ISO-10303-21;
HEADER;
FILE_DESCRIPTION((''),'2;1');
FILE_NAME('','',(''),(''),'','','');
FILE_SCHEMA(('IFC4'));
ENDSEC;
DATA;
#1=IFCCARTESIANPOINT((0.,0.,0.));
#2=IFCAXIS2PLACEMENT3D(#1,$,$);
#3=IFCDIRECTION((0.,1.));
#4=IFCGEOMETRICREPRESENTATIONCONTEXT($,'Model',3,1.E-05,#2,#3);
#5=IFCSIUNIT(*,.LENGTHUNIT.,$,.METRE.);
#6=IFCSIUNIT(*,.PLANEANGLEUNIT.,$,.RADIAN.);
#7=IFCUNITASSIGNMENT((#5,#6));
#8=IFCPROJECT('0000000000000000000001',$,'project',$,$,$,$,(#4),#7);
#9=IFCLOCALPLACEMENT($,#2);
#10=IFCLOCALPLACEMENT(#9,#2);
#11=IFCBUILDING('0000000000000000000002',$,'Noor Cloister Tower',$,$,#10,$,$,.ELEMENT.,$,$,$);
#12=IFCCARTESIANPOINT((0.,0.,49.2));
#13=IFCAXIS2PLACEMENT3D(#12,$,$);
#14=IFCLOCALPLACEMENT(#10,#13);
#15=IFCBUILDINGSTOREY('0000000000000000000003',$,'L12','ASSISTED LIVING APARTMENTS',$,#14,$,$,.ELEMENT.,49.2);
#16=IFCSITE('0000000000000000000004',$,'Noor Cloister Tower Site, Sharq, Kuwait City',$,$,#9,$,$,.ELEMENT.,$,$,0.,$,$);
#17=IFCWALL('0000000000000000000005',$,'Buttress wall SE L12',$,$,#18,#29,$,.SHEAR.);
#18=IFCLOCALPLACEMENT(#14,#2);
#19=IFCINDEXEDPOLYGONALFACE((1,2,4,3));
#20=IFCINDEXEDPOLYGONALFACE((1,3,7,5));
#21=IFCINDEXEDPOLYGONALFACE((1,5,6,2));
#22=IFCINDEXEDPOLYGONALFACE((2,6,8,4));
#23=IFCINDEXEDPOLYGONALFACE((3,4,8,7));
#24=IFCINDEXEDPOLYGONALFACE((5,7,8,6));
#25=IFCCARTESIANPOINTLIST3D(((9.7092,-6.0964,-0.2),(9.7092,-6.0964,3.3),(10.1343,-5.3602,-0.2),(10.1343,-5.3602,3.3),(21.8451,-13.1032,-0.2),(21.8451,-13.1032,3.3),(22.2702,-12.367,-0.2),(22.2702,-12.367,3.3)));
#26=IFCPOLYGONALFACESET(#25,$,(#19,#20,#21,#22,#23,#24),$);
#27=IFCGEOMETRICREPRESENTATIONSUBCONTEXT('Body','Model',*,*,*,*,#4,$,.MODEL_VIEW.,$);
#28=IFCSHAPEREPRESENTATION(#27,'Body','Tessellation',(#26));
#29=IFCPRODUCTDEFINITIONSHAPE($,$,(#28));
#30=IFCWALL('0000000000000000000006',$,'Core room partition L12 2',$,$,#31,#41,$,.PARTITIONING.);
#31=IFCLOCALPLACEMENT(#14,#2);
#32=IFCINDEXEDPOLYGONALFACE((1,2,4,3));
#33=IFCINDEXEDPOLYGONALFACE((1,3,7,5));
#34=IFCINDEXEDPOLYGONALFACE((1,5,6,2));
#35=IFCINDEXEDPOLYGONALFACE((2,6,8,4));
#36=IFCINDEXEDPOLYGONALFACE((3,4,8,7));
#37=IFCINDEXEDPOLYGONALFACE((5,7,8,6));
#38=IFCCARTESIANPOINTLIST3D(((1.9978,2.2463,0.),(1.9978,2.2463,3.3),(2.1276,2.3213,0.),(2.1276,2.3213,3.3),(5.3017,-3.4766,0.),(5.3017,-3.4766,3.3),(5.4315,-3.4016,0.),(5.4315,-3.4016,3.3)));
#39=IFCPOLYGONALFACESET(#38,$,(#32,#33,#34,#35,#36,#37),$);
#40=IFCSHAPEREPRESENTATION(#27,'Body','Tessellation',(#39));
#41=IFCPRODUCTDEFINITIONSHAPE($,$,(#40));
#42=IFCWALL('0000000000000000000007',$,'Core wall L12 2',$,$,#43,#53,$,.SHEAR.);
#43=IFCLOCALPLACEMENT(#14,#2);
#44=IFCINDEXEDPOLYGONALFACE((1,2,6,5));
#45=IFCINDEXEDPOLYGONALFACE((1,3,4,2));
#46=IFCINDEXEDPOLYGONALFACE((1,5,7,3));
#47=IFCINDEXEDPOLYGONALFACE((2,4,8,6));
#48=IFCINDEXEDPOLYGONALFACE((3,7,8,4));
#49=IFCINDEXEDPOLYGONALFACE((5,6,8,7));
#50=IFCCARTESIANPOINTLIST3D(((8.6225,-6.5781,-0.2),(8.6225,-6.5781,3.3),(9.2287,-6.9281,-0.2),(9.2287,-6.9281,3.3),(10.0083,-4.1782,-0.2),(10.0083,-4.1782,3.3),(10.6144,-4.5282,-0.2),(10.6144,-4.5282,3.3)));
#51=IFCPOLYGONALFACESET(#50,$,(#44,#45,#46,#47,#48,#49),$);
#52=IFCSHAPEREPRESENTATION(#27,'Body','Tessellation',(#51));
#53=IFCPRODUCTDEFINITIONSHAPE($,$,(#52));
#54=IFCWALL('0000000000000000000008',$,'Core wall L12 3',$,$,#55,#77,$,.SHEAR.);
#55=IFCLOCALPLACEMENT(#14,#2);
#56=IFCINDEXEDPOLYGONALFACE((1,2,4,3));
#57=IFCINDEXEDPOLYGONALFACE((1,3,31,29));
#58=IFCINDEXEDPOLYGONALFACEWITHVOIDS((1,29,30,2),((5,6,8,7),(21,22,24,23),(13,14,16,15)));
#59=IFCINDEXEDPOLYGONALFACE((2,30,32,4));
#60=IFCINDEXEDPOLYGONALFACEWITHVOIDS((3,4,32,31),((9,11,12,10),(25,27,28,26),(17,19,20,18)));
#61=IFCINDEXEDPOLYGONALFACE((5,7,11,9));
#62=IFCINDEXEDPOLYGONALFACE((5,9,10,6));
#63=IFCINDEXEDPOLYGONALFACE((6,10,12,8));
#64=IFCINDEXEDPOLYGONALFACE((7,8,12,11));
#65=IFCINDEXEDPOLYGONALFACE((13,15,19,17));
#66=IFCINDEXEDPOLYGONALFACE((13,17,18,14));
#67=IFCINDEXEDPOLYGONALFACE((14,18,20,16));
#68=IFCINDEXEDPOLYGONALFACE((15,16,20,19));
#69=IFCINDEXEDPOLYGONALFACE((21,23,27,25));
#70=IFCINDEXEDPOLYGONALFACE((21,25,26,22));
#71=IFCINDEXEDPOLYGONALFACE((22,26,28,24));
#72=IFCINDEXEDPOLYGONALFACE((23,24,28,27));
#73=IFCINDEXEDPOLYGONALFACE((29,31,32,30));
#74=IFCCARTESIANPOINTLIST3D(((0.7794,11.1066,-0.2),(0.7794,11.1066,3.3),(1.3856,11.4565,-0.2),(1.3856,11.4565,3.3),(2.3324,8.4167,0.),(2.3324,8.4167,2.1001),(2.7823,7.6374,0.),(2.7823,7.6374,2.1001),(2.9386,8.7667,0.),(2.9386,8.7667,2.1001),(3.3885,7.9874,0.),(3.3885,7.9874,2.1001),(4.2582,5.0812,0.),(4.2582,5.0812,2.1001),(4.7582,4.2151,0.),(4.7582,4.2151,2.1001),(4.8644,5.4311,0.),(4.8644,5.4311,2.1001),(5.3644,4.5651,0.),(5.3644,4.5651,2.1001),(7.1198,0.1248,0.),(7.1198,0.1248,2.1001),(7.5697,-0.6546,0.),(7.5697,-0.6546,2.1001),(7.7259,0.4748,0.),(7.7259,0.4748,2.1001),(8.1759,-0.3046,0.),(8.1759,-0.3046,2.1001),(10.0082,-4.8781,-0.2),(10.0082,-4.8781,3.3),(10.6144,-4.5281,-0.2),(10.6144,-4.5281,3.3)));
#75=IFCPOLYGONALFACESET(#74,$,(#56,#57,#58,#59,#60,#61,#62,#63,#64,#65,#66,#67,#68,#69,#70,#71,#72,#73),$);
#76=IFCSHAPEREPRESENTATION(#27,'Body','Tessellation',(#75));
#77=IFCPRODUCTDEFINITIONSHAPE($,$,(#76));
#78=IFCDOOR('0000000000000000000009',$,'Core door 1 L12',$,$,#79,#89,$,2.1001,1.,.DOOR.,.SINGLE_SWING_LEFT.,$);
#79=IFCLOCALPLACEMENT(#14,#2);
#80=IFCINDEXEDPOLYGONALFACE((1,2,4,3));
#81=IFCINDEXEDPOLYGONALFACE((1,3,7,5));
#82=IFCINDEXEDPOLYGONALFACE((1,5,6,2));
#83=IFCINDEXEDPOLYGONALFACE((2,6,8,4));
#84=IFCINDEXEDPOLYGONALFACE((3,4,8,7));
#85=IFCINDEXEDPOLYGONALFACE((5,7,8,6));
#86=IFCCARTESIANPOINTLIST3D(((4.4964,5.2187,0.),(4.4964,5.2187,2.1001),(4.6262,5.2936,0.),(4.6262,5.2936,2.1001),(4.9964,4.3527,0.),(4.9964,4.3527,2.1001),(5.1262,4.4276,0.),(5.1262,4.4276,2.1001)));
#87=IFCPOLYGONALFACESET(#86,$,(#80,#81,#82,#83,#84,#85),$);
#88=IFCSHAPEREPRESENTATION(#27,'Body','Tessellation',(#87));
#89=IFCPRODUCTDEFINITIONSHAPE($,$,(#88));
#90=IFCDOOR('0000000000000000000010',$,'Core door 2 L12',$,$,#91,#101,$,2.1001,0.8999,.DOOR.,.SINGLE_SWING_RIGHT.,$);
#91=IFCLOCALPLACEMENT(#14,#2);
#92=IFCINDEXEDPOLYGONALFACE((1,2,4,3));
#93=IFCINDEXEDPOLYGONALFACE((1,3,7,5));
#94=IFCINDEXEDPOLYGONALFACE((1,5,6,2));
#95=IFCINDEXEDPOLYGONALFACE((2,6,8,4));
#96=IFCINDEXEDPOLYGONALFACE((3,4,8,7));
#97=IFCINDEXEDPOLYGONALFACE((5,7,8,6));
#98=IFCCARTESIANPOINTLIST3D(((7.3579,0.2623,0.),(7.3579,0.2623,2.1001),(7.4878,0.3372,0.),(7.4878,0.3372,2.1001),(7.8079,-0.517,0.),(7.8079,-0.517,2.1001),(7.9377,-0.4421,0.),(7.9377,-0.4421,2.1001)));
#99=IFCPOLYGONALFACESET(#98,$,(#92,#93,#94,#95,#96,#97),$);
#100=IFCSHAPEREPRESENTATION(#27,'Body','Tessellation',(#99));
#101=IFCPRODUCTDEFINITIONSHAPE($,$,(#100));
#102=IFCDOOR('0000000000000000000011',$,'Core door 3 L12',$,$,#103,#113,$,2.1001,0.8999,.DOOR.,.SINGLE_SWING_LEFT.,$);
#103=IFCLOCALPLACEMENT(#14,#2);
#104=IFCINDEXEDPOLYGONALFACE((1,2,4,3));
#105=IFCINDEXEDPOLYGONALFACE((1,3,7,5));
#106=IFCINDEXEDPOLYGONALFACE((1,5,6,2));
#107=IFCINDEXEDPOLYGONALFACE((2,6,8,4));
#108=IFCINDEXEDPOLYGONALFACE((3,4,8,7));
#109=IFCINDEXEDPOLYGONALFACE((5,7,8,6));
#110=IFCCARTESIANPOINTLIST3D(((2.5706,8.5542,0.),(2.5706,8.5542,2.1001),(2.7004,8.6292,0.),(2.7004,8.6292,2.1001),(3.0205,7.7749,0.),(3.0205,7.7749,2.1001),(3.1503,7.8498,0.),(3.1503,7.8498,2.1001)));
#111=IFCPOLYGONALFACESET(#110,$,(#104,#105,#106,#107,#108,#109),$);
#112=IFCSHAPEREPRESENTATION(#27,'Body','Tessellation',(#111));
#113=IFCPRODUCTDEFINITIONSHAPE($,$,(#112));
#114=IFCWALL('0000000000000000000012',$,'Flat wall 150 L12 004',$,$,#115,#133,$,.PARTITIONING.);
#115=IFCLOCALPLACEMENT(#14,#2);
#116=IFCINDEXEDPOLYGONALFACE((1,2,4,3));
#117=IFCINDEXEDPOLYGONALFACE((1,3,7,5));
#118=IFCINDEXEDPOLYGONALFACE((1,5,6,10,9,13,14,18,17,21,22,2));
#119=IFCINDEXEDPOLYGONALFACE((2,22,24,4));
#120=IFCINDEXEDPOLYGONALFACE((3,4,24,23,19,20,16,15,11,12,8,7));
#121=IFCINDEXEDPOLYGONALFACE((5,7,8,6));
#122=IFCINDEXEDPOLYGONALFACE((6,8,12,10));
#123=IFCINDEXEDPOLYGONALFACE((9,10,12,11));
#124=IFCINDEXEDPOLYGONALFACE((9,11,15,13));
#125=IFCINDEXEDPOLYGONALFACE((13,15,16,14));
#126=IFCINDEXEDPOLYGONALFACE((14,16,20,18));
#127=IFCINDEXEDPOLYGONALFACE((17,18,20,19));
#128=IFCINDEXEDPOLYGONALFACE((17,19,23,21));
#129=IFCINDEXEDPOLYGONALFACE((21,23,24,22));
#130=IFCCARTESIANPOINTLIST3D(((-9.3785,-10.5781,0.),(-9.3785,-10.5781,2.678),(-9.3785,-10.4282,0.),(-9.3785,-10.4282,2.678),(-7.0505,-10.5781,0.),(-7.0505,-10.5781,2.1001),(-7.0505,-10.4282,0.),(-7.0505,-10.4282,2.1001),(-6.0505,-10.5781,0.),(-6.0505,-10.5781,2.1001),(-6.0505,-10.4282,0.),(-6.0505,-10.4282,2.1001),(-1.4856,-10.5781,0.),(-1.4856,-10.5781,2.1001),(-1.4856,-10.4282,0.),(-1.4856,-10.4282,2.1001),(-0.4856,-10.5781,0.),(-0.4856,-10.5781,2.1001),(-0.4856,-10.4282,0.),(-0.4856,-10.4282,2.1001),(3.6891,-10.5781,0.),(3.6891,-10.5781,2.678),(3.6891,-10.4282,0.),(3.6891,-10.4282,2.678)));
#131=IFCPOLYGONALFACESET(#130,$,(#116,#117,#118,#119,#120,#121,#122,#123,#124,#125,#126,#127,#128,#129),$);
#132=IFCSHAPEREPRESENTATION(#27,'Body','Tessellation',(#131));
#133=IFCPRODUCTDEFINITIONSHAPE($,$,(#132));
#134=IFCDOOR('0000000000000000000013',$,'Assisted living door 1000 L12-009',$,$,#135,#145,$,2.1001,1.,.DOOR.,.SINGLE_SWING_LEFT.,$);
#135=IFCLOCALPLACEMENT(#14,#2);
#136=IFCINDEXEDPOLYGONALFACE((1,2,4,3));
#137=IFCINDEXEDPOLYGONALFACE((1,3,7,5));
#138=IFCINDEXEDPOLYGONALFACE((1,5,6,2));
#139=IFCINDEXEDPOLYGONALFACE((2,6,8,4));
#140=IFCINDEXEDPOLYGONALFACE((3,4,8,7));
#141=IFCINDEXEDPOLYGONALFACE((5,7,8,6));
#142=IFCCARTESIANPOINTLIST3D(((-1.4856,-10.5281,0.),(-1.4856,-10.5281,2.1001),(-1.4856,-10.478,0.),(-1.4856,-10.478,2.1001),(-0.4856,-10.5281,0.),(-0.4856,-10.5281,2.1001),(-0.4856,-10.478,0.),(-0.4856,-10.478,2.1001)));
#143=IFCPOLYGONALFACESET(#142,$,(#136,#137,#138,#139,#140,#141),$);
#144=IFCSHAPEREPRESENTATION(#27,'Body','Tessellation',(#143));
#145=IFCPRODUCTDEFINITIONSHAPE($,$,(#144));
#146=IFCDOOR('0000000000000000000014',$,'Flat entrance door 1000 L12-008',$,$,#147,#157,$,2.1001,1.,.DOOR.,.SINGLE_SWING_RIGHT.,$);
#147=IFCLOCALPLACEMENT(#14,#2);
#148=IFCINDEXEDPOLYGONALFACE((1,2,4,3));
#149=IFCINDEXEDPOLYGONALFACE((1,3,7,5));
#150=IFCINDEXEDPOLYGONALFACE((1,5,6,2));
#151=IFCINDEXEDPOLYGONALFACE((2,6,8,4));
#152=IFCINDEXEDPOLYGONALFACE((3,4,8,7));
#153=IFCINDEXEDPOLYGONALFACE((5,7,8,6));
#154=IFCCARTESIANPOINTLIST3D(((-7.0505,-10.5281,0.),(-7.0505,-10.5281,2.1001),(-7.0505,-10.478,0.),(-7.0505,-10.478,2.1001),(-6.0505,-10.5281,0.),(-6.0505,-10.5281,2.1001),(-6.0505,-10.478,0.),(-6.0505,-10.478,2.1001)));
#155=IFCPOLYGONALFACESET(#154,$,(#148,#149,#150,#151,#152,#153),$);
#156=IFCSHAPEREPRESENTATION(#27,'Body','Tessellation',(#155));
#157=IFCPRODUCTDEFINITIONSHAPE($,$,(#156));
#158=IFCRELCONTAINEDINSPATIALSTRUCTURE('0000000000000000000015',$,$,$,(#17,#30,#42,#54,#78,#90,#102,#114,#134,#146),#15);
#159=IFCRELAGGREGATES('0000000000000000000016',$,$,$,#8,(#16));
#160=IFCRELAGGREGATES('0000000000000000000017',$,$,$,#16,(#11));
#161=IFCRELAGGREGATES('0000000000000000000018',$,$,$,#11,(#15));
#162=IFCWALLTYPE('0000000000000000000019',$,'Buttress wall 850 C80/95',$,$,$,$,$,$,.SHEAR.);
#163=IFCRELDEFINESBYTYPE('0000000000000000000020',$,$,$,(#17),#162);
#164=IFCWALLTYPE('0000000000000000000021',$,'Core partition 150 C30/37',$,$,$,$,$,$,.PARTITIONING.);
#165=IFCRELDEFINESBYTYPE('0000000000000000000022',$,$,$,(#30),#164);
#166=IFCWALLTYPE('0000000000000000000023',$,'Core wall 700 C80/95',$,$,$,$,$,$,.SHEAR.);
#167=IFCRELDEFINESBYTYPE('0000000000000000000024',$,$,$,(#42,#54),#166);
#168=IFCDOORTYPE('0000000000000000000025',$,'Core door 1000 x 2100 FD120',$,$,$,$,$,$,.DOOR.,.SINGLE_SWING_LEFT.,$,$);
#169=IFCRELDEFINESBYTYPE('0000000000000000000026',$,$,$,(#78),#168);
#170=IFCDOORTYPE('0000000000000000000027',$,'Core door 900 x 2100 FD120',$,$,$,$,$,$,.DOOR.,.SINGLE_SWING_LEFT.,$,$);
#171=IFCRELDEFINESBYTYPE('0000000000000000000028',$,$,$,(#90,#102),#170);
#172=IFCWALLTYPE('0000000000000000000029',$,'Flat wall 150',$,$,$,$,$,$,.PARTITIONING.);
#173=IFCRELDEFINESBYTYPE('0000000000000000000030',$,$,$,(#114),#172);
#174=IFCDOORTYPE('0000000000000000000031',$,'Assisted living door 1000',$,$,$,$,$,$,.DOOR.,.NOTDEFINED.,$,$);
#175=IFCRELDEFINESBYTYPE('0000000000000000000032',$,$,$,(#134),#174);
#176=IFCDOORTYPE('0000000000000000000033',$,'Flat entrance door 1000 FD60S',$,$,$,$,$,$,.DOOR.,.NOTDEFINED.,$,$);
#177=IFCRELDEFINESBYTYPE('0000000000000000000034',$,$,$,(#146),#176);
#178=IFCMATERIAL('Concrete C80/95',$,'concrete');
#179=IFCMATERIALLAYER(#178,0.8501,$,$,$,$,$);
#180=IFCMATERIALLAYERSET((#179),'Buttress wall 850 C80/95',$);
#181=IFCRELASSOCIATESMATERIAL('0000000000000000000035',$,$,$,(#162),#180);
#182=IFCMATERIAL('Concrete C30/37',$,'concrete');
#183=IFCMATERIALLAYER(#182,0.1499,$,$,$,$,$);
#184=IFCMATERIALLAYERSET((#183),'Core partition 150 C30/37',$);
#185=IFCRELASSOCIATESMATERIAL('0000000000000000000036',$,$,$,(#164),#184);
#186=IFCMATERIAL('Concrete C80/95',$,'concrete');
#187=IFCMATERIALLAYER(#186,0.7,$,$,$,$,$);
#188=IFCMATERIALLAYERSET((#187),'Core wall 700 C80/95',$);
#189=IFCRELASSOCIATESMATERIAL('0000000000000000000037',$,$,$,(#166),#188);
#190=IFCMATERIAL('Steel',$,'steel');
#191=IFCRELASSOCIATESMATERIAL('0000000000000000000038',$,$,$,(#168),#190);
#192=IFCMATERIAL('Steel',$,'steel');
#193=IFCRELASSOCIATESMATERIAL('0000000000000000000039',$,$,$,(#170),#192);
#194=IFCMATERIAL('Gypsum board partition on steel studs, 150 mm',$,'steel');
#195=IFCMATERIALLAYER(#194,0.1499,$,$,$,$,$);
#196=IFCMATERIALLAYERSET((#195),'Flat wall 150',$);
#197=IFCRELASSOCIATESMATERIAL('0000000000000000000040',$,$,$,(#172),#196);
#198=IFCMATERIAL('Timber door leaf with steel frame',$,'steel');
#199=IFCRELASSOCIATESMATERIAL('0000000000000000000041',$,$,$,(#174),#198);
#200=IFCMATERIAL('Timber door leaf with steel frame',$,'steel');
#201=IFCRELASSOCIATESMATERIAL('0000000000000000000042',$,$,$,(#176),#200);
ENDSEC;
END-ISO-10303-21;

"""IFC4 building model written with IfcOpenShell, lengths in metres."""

from ifc_helpers import new_model, si_unit, direction, frame, frame_2d, origin, place, context, subcontext, project, spatial, rectangle, extrude, material, layer, layer_set, type_object, element, fill, save


model = new_model("IFC4")

# Units and contexts
model_context = context("Model", 3, precision=1e-05, world=origin(), true_north=direction((0.0, 1.0)))
body_context = subcontext(model_context, "Body", "Model", "MODEL_VIEW")
ifc_project = project(units=[si_unit("LENGTHUNIT", "METRE"), si_unit("PLANEANGLEUNIT", "RADIAN")], contexts=[model_context])

# Site, building, storey
site_placement = place(None, origin())
site = spatial("IfcSite", under=ifc_project, at=site_placement, Name="Noor Cloister Tower Site, Sharq, Kuwait City", CompositionType="ELEMENT", RefElevation=0.0)
building_placement = place(site_placement, origin())
building = spatial("IfcBuilding", under=site, at=building_placement, Name="Noor Cloister Tower", CompositionType="ELEMENT")
storey_placement = place(building_placement, frame((0.0, 0.0, 49.2)))
storey = spatial("IfcBuildingStorey", under=building, at=storey_placement, Name="L12", Description="ASSISTED LIVING APARTMENTS", CompositionType="ELEMENT", Elevation=49.2)

# Walls
ifc_material_1 = material(Name="Concrete C80/95", Category="concrete")
ifc_layer_1 = layer(ifc_material_1, 0.8501)
ifc_layer_set_1 = layer_set([ifc_layer_1], Name="Buttress wall 850 C80/95")
wall_type_1 = type_object("IfcWallType", Name="Buttress wall 850 C80/95", PredefinedType="SHEAR", material=ifc_layer_set_1)
wall_1_placement = place(storey_placement, frame((9.9216, -5.7283, -0.2), z_axis=(0.0, 0.0, 1.0), x_axis=(0.866022, -0.500006, 0.0)))
element("IfcWall", 1, at=wall_1_placement, inside=storey, type_object=wall_type_1, Name="Buttress wall SE L12", PredefinedType="SHEAR", context=body_context, shape_type="SweptSolid", body=[
    extrude(rectangle(XDim=14.0134, YDim=0.8501, at=frame_2d((7.0068, 0.0))), origin(), (0.0, 0.0, 1.0), 3.5),
])
ifc_material_2 = material(Name="Concrete C30/37", Category="concrete")
ifc_layer_2 = layer(ifc_material_2, 0.1499)
ifc_layer_set_2 = layer_set([ifc_layer_2], Name="Core partition 150 C30/37")
wall_type_2 = type_object("IfcWallType", Name="Core partition 150 C30/37", PredefinedType="PARTITIONING", material=ifc_layer_set_2)
wall_2_placement = place(storey_placement, frame((5.3667, -3.4392, 0.0), z_axis=(0.0, 0.0, 1.0), x_axis=(-0.499981, 0.866036, 0.0)))
element("IfcWall", 2, at=wall_2_placement, inside=storey, type_object=wall_type_2, Name="Core room partition L12 2", PredefinedType="PARTITIONING", context=body_context, shape_type="SweptSolid", body=[
    extrude(rectangle(XDim=6.6082, YDim=0.1499, at=frame_2d((3.3042, 0.0))), origin(), (0.0, 0.0, 1.0), 3.3),
])
ifc_material_3 = material(Name="Concrete C80/95", Category="concrete")
ifc_layer_3 = layer(ifc_material_3, 0.7)
ifc_layer_set_3 = layer_set([ifc_layer_3], Name="Core wall 700 C80/95")
wall_type_3 = type_object("IfcWallType", Name="Core wall 700 C80/95", PredefinedType="SHEAR", material=ifc_layer_set_3)
wall_3_placement = place(storey_placement, frame((8.9255, -6.7532, -0.2), z_axis=(0.0, 0.0, 1.0), x_axis=(0.500043, 0.866001, 0.0)))
element("IfcWall", 3, at=wall_3_placement, inside=storey, type_object=wall_type_3, Name="Core wall L12 2", PredefinedType="SHEAR", context=body_context, shape_type="SweptSolid", body=[
    extrude(rectangle(XDim=2.7712, YDim=0.7, at=frame_2d((1.3857, 0.0))), origin(), (0.0, 0.0, 1.0), 3.5),
])

# Walls, openings, doors
wall_4_placement = place(storey_placement, frame((10.3113, -4.7031, -0.2), z_axis=(0.0, 0.0, 1.0), x_axis=(-0.500001, 0.866025, 0.0)))
wall_4 = element("IfcWall", 4, at=wall_4_placement, inside=storey, type_object=wall_type_3, Name="Core wall L12 3", PredefinedType="SHEAR", context=body_context, shape_type="SweptSolid", body=[
    extrude(rectangle(XDim=18.4575, YDim=0.7, at=frame_2d((9.2288, 0.0))), origin(), (0.0, 0.0, 1.0), 3.5),
])
opening_1_placement = place(wall_4_placement, frame((10.5, 0.0, 0.2)))
opening_1 = element("IfcOpeningElement", 5, at=opening_1_placement, cuts=wall_4, PredefinedType="OPENING", context=body_context, shape_type="SweptSolid", body=[
    extrude(rectangle(XDim=1.0, YDim=2.1001, at=frame_2d((0.5, 1.05))), frame((0.0, 0.3599, 0.0), z_axis=(0.0, -1.0, 0.0), x_axis=(1.0, 0.0, 0.0)), (0.0, 0.0, 1.0), 0.72),
])
opening_2_placement = place(wall_4_placement, frame((4.877, 0.0, 0.2)))
opening_2 = element("IfcOpeningElement", 6, at=opening_2_placement, cuts=wall_4, PredefinedType="OPENING", context=body_context, shape_type="SweptSolid", body=[
    extrude(rectangle(XDim=0.8999, YDim=2.1001, at=frame_2d((0.45, 1.05))), frame((0.0, 0.3599, 0.0), z_axis=(0.0, -1.0, 0.0), x_axis=(1.0, 0.0, 0.0)), (0.0, 0.0, 1.0), 0.72),
])
opening_3_placement = place(wall_4_placement, frame((14.4517, 0.0, 0.2)))
opening_3 = element("IfcOpeningElement", 7, at=opening_3_placement, cuts=wall_4, PredefinedType="OPENING", context=body_context, shape_type="SweptSolid", body=[
    extrude(rectangle(XDim=0.8999, YDim=2.1001, at=frame_2d((0.45, 1.05))), frame((0.0, 0.3599, 0.0), z_axis=(0.0, -1.0, 0.0), x_axis=(1.0, 0.0, 0.0)), (0.0, 0.0, 1.0), 0.72),
])
ifc_material_4 = material(Name="Steel", Category="steel")
door_type_1 = type_object("IfcDoorType", Name="Core door 1000 x 2100 FD120", OperationType="SINGLE_SWING_LEFT", PredefinedType="DOOR", material=ifc_material_4)
door_1_placement = place(opening_1_placement, origin())
door_1 = element("IfcDoor", 8, at=door_1_placement, inside=storey, type_object=door_type_1, Name="Core door 1 L12", OperationType="SINGLE_SWING_LEFT", OverallHeight=2.1001, OverallWidth=1.0, PredefinedType="DOOR", context=body_context, shape_type="SweptSolid", body=[
    extrude(rectangle(XDim=1.0, YDim=2.1001, at=frame_2d((0.5, 1.05))), frame((0.0, 0.075, 0.0), z_axis=(0.0, -1.0, 0.0), x_axis=(1.0, 0.0, 0.0)), (0.0, 0.0, 1.0), 0.1499),
])
fill(opening_1, door_1)
ifc_material_5 = material(Name="Steel", Category="steel")
door_type_2 = type_object("IfcDoorType", Name="Core door 900 x 2100 FD120", OperationType="SINGLE_SWING_LEFT", PredefinedType="DOOR", material=ifc_material_5)
door_2_placement = place(opening_2_placement, origin())
door_2 = element("IfcDoor", 9, at=door_2_placement, inside=storey, type_object=door_type_2, Name="Core door 2 L12", OperationType="SINGLE_SWING_RIGHT", OverallHeight=2.1001, OverallWidth=0.8999, PredefinedType="DOOR", context=body_context, shape_type="SweptSolid", body=[
    extrude(rectangle(XDim=0.8999, YDim=2.1001, at=frame_2d((0.45, 1.05))), frame((0.0, 0.075, 0.0), z_axis=(0.0, -1.0, 0.0), x_axis=(1.0, 0.0, 0.0)), (0.0, 0.0, 1.0), 0.1499),
])
fill(opening_2, door_2)
door_3_placement = place(opening_3_placement, origin())
door_3 = element("IfcDoor", 10, at=door_3_placement, inside=storey, type_object=door_type_2, Name="Core door 3 L12", OperationType="SINGLE_SWING_LEFT", OverallHeight=2.1001, OverallWidth=0.8999, PredefinedType="DOOR", context=body_context, shape_type="SweptSolid", body=[
    extrude(rectangle(XDim=0.8999, YDim=2.1001, at=frame_2d((0.45, 1.05))), frame((0.0, 0.075, 0.0), z_axis=(0.0, -1.0, 0.0), x_axis=(1.0, 0.0, 0.0)), (0.0, 0.0, 1.0), 0.1499),
])
fill(opening_3, door_3)
ifc_material_6 = material(Name="Gypsum board partition on steel studs, 150 mm", Category="steel")
ifc_layer_4 = layer(ifc_material_6, 0.1499)
ifc_layer_set_4 = layer_set([ifc_layer_4], Name="Flat wall 150")
wall_type_4 = type_object("IfcWallType", Name="Flat wall 150", PredefinedType="PARTITIONING", material=ifc_layer_set_4)
wall_5_placement = place(storey_placement, frame((3.689, -10.5032, 0.0), z_axis=(0.0, 0.0, 1.0), x_axis=(-1.0, 0.0, 0.0)))
wall_5 = element("IfcWall", 11, at=wall_5_placement, inside=storey, type_object=wall_type_4, Name="Flat wall 150 L12 004", PredefinedType="PARTITIONING", context=body_context, shape_type="SweptSolid", body=[
    extrude(rectangle(XDim=13.0676, YDim=0.1499, at=frame_2d((6.5337, 0.0))), origin(), (0.0, 0.0, 1.0), 2.678),
])
opening_4_placement = place(wall_5_placement, frame((9.7395, 0.0, 0.0)))
opening_4 = element("IfcOpeningElement", 12, at=opening_4_placement, cuts=wall_5, PredefinedType="OPENING", context=body_context, shape_type="SweptSolid", body=[
    extrude(rectangle(XDim=1.0, YDim=2.1001, at=frame_2d((0.5, 1.05))), frame((0.0, 0.085, 0.0), z_axis=(0.0, -1.0, 0.0), x_axis=(1.0, 0.0, 0.0)), (0.0, 0.0, 1.0), 0.1699),
])
opening_5_placement = place(wall_5_placement, frame((4.1746, 0.0, 0.0)))
opening_5 = element("IfcOpeningElement", 13, at=opening_5_placement, cuts=wall_5, PredefinedType="OPENING", context=body_context, shape_type="SweptSolid", body=[
    extrude(rectangle(XDim=1.0, YDim=2.1001, at=frame_2d((0.5, 1.05))), frame((0.0, 0.085, 0.0), z_axis=(0.0, -1.0, 0.0), x_axis=(1.0, 0.0, 0.0)), (0.0, 0.0, 1.0), 0.1699),
])
ifc_material_7 = material(Name="Timber door leaf with steel frame", Category="steel")
door_type_3 = type_object("IfcDoorType", Name="Assisted living door 1000", OperationType="NOTDEFINED", PredefinedType="DOOR", material=ifc_material_7)
door_4_placement = place(opening_5_placement, origin())
door_4 = element("IfcDoor", 14, at=door_4_placement, inside=storey, type_object=door_type_3, Name="Assisted living door 1000 L12-009", OperationType="SINGLE_SWING_LEFT", OverallHeight=2.1001, OverallWidth=1.0, PredefinedType="DOOR", context=body_context, shape_type="SweptSolid", body=[
    extrude(rectangle(XDim=1.0, YDim=2.1001, at=frame_2d((0.5, 1.05))), frame((0.0, 0.0249, 0.0), z_axis=(0.0, -1.0, 0.0), x_axis=(1.0, 0.0, 0.0)), (0.0, 0.0, 1.0), 0.05),
])
fill(opening_5, door_4)
ifc_material_8 = material(Name="Timber door leaf with steel frame", Category="steel")
door_type_4 = type_object("IfcDoorType", Name="Flat entrance door 1000 FD60S", OperationType="NOTDEFINED", PredefinedType="DOOR", material=ifc_material_8)
door_5_placement = place(opening_4_placement, origin())
door_5 = element("IfcDoor", 15, at=door_5_placement, inside=storey, type_object=door_type_4, Name="Flat entrance door 1000 L12-008", OperationType="SINGLE_SWING_RIGHT", OverallHeight=2.1001, OverallWidth=1.0, PredefinedType="DOOR", context=body_context, shape_type="SweptSolid", body=[
    extrude(rectangle(XDim=1.0, YDim=2.1001, at=frame_2d((0.5, 1.05))), frame((0.0, 0.0249, 0.0), z_axis=(0.0, -1.0, 0.0), x_axis=(1.0, 0.0, 0.0)), (0.0, 0.0, 1.0), 0.05),
])
fill(opening_4, door_5)

save(model, "model.ifc")
